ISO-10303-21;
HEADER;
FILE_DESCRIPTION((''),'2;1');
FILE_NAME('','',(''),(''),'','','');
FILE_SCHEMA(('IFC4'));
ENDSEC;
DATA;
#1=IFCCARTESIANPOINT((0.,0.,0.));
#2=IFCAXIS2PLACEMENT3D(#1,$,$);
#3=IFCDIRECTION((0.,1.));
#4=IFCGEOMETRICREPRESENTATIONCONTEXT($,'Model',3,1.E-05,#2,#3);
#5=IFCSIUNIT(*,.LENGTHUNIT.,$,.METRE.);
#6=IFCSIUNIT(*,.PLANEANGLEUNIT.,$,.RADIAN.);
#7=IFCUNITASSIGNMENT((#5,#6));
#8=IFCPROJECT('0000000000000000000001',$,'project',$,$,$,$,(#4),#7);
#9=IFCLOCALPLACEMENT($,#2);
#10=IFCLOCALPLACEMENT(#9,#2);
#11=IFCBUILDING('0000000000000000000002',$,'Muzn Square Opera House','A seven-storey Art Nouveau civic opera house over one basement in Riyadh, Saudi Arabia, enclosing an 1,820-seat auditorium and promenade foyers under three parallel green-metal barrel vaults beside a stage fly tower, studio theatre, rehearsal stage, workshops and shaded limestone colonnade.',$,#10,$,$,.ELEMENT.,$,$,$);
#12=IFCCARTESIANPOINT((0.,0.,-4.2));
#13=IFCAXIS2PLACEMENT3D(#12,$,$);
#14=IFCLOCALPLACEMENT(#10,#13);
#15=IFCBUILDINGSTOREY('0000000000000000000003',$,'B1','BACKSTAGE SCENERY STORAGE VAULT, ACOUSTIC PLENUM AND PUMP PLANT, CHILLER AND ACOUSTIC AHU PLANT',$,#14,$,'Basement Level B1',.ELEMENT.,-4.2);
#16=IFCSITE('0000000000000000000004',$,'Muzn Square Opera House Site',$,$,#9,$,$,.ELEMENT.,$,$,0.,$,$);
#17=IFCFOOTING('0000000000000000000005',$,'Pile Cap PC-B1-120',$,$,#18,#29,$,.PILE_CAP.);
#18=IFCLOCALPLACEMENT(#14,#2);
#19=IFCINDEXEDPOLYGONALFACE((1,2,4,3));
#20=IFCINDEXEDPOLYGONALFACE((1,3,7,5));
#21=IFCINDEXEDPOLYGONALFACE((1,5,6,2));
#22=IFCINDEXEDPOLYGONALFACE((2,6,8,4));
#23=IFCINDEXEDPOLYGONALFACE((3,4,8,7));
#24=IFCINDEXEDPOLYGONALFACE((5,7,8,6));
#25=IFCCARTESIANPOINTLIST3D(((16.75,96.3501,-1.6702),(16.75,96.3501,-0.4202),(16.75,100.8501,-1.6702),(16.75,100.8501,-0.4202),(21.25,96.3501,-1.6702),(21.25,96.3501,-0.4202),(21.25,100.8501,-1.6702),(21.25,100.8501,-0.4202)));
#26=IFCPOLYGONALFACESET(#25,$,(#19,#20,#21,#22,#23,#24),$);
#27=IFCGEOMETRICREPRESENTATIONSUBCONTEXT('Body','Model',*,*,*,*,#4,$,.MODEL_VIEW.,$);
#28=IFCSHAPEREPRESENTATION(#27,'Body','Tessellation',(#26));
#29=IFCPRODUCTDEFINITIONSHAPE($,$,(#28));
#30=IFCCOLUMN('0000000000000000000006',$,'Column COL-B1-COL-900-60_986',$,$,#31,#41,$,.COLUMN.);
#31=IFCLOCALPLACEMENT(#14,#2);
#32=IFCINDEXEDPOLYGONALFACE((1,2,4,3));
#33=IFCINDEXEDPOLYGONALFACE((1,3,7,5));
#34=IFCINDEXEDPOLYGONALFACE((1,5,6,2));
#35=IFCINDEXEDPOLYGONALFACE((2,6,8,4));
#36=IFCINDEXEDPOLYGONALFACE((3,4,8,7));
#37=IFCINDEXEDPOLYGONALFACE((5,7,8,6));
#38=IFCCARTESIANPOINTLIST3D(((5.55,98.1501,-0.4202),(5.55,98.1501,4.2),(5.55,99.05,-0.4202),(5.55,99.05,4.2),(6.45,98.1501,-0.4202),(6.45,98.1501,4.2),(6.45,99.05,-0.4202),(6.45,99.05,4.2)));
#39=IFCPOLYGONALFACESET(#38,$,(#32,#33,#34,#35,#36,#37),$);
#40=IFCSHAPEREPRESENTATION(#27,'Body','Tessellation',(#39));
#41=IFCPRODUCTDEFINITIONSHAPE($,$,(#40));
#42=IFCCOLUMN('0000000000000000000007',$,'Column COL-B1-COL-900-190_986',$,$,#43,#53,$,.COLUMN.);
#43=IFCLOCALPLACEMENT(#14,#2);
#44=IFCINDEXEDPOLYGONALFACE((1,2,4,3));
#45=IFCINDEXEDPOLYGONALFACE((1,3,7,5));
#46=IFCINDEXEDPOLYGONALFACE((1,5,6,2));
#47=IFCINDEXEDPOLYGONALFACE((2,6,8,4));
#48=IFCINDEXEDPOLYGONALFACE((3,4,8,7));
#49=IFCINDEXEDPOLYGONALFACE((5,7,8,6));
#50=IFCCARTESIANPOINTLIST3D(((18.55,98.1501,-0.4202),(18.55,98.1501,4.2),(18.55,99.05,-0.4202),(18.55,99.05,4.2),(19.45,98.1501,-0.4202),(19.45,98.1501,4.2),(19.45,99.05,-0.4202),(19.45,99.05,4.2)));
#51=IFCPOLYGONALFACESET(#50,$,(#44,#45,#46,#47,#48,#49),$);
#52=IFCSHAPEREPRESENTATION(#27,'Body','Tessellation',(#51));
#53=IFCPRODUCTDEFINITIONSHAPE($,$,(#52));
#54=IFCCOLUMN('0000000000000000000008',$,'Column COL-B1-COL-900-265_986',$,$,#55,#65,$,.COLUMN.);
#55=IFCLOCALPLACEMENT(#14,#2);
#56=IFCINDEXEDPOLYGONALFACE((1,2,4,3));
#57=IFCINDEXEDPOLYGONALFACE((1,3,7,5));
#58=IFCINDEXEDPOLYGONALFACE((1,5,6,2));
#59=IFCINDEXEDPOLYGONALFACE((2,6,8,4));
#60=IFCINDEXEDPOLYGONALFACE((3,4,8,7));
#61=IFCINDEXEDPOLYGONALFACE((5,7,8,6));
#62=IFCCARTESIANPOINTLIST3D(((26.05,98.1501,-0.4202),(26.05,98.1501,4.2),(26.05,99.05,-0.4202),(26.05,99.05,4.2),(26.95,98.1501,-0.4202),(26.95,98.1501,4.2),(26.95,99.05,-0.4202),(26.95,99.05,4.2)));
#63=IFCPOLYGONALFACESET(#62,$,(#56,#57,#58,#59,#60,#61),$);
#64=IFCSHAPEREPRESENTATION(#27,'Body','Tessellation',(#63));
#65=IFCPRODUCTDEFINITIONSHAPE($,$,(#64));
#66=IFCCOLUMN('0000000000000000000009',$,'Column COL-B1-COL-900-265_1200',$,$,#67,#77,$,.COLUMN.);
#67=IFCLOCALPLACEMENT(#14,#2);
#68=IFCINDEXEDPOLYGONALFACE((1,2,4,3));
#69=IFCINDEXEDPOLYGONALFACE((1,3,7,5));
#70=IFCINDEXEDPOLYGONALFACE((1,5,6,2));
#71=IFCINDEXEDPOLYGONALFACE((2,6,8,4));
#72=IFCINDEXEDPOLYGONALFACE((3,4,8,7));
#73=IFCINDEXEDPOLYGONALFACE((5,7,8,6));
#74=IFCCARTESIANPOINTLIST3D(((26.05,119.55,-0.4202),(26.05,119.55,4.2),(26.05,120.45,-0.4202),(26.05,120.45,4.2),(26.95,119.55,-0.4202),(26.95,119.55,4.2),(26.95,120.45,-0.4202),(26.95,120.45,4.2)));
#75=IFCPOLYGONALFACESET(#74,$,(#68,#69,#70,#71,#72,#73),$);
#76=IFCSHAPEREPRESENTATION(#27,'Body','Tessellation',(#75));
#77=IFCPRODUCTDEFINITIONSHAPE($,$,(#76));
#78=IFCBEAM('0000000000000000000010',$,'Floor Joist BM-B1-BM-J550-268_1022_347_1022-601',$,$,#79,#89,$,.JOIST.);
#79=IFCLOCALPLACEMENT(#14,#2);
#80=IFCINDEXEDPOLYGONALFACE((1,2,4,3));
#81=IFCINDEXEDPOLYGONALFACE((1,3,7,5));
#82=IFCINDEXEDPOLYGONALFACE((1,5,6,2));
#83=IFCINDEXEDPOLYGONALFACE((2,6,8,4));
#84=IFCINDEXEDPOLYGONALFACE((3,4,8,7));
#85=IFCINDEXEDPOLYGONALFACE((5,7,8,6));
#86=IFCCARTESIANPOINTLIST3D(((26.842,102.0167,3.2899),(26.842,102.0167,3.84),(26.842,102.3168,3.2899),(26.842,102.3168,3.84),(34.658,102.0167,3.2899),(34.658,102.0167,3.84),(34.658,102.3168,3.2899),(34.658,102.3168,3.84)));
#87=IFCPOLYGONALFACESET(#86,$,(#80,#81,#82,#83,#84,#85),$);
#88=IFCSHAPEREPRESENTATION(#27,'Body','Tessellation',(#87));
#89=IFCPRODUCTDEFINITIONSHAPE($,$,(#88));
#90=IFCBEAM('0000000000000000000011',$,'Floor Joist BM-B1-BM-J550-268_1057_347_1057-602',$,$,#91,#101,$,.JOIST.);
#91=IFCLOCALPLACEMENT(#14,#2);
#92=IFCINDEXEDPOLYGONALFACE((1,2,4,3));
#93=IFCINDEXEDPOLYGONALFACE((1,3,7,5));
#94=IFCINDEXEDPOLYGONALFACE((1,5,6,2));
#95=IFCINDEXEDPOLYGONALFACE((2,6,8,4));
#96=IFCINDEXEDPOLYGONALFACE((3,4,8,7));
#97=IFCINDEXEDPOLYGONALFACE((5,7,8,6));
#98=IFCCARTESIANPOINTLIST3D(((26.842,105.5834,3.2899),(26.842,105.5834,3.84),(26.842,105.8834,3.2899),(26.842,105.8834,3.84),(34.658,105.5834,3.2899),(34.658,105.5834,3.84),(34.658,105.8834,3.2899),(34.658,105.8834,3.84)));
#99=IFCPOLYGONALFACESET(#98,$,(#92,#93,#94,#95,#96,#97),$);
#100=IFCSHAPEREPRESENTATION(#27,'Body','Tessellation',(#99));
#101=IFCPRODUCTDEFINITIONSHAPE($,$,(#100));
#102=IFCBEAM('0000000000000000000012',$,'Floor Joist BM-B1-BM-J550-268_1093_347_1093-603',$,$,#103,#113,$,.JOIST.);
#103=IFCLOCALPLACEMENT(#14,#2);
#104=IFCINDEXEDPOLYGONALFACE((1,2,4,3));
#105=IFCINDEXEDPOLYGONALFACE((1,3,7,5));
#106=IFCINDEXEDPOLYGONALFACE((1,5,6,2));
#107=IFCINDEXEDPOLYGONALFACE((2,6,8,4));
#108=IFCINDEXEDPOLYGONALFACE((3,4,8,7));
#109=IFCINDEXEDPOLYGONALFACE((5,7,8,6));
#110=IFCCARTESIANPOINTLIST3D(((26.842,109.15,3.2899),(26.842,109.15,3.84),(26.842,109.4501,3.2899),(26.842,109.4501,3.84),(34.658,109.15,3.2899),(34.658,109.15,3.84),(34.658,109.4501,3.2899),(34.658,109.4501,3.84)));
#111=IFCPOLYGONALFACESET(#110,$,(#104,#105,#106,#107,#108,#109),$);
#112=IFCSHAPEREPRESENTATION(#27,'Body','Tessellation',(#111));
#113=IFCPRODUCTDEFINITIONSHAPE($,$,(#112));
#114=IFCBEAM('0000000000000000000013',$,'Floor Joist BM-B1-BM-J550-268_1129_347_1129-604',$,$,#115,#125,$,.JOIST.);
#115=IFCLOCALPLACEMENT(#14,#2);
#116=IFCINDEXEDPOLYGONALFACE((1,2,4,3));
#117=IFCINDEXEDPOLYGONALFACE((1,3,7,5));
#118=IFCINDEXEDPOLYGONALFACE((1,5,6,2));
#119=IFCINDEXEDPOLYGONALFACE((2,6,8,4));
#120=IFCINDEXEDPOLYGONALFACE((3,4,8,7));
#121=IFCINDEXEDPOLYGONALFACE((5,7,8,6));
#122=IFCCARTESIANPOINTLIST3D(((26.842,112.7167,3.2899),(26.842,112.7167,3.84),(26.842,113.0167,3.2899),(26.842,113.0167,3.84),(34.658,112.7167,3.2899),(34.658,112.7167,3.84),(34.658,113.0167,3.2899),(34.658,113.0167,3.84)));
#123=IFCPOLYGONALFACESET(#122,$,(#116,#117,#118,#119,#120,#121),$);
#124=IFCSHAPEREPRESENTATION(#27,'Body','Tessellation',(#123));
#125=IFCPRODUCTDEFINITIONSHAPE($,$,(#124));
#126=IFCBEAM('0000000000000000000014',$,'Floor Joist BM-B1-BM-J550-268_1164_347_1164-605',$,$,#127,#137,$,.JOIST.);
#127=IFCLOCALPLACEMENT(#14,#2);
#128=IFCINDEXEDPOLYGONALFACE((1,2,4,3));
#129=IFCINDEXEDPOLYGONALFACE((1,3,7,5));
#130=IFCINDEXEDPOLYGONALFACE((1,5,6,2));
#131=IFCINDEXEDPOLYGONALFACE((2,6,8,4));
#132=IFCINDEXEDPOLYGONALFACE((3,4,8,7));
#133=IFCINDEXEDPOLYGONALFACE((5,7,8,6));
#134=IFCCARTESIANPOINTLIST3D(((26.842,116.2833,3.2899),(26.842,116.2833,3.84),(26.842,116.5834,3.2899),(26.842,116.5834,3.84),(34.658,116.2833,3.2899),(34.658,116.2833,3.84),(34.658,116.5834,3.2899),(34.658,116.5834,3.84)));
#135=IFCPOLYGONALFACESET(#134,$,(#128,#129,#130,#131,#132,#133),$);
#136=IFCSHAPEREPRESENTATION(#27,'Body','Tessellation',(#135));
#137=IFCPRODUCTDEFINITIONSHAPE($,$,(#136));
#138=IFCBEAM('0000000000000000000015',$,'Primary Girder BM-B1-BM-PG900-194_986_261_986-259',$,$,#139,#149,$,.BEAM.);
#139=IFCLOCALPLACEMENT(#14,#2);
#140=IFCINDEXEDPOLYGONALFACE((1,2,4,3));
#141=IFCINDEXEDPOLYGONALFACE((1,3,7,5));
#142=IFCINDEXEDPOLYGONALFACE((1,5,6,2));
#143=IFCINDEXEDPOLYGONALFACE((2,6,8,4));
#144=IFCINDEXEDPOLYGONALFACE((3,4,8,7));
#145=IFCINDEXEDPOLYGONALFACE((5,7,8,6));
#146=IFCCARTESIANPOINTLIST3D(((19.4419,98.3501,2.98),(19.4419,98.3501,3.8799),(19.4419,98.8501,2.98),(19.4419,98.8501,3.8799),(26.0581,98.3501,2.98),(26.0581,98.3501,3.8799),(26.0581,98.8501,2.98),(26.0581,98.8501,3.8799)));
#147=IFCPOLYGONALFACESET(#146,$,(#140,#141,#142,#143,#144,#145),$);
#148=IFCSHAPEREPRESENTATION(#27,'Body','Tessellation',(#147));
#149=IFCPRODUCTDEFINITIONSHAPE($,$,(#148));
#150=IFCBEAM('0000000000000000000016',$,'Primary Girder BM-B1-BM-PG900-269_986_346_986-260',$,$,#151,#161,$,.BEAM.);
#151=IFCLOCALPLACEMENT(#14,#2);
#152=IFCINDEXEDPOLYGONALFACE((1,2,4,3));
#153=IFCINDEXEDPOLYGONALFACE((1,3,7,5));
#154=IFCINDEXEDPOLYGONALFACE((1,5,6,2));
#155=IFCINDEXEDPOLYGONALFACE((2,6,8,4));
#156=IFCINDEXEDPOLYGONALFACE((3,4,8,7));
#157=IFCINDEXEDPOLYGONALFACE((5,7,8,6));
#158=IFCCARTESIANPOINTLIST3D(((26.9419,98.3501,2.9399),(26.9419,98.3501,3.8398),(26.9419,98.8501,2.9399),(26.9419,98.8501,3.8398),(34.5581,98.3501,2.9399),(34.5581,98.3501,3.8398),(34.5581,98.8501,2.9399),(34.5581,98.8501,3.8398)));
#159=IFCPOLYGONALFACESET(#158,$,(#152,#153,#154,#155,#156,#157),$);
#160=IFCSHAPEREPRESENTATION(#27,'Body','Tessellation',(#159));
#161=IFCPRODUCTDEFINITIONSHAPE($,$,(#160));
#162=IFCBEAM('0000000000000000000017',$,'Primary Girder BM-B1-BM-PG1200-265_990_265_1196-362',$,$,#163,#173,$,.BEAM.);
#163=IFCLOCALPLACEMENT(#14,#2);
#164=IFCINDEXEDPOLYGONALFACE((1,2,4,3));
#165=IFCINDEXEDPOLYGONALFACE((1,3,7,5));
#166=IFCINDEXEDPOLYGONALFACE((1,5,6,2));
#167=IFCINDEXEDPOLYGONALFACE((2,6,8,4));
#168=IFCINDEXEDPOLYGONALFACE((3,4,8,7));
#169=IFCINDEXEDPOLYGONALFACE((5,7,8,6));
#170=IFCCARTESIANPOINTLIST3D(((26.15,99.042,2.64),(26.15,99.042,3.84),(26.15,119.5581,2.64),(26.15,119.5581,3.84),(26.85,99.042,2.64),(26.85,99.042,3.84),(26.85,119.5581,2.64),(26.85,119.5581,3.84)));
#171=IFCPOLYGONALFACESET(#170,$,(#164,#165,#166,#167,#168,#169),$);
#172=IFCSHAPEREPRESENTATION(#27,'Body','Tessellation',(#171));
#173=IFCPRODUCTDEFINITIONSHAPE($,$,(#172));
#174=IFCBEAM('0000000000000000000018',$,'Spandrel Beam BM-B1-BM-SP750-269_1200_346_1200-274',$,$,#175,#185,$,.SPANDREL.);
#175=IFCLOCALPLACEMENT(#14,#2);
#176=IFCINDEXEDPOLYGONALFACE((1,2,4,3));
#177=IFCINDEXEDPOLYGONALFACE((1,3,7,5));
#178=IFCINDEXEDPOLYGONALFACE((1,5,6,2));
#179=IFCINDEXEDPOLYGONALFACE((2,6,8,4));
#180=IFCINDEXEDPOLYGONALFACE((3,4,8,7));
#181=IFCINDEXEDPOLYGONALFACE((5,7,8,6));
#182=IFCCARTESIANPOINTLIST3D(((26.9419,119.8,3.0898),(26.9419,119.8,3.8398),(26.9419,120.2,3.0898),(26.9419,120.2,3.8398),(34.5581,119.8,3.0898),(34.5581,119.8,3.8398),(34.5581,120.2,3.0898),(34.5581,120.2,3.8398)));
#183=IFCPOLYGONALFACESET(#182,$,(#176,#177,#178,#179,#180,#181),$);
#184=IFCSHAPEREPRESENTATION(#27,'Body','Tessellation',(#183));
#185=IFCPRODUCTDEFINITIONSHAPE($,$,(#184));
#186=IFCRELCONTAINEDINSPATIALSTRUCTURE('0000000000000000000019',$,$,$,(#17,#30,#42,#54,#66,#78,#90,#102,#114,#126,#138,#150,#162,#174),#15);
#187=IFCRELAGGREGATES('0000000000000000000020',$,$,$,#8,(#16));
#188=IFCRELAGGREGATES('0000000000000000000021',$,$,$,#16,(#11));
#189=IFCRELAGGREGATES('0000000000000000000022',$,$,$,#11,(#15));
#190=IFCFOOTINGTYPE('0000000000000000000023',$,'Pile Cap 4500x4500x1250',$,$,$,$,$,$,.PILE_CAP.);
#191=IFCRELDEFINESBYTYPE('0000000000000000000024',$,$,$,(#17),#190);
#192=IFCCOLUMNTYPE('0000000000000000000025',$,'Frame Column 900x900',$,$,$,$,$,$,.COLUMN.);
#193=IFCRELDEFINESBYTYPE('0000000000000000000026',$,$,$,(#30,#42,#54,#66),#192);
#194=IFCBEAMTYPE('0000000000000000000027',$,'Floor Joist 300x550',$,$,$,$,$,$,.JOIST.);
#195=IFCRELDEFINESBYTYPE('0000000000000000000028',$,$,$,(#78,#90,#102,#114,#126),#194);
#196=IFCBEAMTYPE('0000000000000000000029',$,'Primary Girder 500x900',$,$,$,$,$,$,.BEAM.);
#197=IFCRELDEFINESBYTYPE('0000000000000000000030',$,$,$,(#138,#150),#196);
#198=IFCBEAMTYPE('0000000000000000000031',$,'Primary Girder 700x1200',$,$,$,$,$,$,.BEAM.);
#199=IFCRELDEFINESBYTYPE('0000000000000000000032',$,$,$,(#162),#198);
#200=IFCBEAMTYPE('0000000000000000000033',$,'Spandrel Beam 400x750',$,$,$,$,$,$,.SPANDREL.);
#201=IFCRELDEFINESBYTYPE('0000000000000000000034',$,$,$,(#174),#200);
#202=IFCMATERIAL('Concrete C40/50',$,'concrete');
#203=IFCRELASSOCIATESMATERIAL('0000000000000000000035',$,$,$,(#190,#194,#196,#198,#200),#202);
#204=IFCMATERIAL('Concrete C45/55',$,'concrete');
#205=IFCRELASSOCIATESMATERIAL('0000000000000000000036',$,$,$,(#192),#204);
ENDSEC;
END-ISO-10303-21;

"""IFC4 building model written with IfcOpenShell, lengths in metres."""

from ifc_helpers import new_model, si_unit, direction, frame, origin, origin_2d, place, context, subcontext, project, spatial, rectangle, extrude, material, material_profile, profile_set, type_object, element, save


model = new_model("IFC4")

# Units and contexts
model_context = context("Model", 3, precision=1e-05, world=origin(), true_north=direction((0.0, 1.0)))
body_context = subcontext(model_context, "Body", "Model", "MODEL_VIEW")
ifc_project = project(units=[si_unit("LENGTHUNIT", "METRE"), si_unit("PLANEANGLEUNIT", "RADIAN")], contexts=[model_context])

# Site, building, storey
site_placement = place(None, origin())
site = spatial("IfcSite", under=ifc_project, at=site_placement, Name="Muzn Square Opera House Site", CompositionType="ELEMENT", RefElevation=0.0)
building_placement = place(site_placement, origin())
building = spatial("IfcBuilding", under=site, at=building_placement, Name="Muzn Square Opera House", Description="A seven-storey Art Nouveau civic opera house over one basement in Riyadh, Saudi Arabia, enclosing an 1,820-seat auditorium and promenade foyers under three parallel green-metal barrel vaults beside a stage fly tower, studio theatre, rehearsal stage, workshops and shaded limestone colonnade.", CompositionType="ELEMENT")
storey_placement = place(building_placement, frame((0.0, 0.0, -4.2)))
storey = spatial("IfcBuildingStorey", under=building, at=storey_placement, Name="B1", Description="BACKSTAGE SCENERY STORAGE VAULT, ACOUSTIC PLENUM AND PUMP PLANT, CHILLER AND ACOUSTIC AHU PLANT", LongName="Basement Level B1", CompositionType="ELEMENT", Elevation=-4.2)

# Shared definitions
ifc_material_1 = material(Name="Concrete C40/50", Category="concrete")

# Footing
footing_type_1 = type_object("IfcFootingType", Name="Pile Cap 4500x4500x1250", PredefinedType="PILE_CAP", material=ifc_material_1)
footing_1_placement = place(storey_placement, frame((19.0, 98.6001, -1.6702), z_axis=(0.0, 0.0, 1.0), x_axis=(1.0, 0.0, 0.0)))
element("IfcFooting", 1, at=footing_1_placement, inside=storey, type_object=footing_type_1, Name="Pile Cap PC-B1-120", PredefinedType="PILE_CAP", context=body_context, shape_type="SweptSolid", body=[
    extrude(rectangle(XDim=4.5, YDim=4.5, at=origin_2d()), origin(), (0.0, 0.0, 1.0), 1.25),
])

# Columns
ifc_material_2 = material(Name="Concrete C45/55", Category="concrete")
ifc_material_profile_1 = material_profile(ifc_material_2, rectangle(XDim=0.8999, YDim=0.8999, at=origin_2d()), Name="RC 900x900", Category="concrete")
ifc_profile_set_1 = profile_set([ifc_material_profile_1], Name="Concrete C45/55")
column_type = type_object("IfcColumnType", Name="Frame Column 900x900", PredefinedType="COLUMN", material=ifc_profile_set_1)
for number, where, z_axis, x_axis, name in (
    (2, (6.0, 98.6001, -0.4202), (0.0, 0.0, 1.0), (1.0, 0.0, 0.0), "Column COL-B1-COL-900-60_986"),
    (3, (19.0, 98.6001, -0.4202), (0.0, 0.0, 1.0), (1.0, 0.0, 0.0), "Column COL-B1-COL-900-190_986"),
    (4, (26.5, 98.6001, -0.4202), (0.0, 0.0, 1.0), (1.0, 0.0, 0.0), "Column COL-B1-COL-900-265_986"),
    (5, (26.5, 120.0, -0.4202), (0.0, 0.0, 1.0), (1.0, 0.0, 0.0), "Column COL-B1-COL-900-265_1200"),
):
    element("IfcColumn", number, at=place(storey_placement, frame(where, z_axis=z_axis, x_axis=x_axis)), inside=storey, type_object=column_type, Name=name, PredefinedType="COLUMN", context=body_context, shape_type="SweptSolid", body=[
        extrude(rectangle(XDim=0.8999, YDim=0.8999, at=origin_2d()), origin(), (0.0, 0.0, 1.0), 4.6201),
    ])

# Beams
ifc_material_profile_2 = material_profile(ifc_material_1, rectangle(XDim=0.3, YDim=0.55, at=origin_2d()), Name="RCJ 300x550", Category="concrete")
ifc_profile_set_2 = profile_set([ifc_material_profile_2], Name="Concrete C40/50")
beam_type_1 = type_object("IfcBeamType", Name="Floor Joist 300x550", PredefinedType="JOIST", material=ifc_profile_set_2)
for number, where, z_axis, x_axis, name in (
    (6, (26.842, 102.1667, 3.5649), (1.0, 0.0, 0.0), (0.0, 1.0, 0.0), "Floor Joist BM-B1-BM-J550-268_1022_347_1022-601"),
    (7, (26.842, 105.7334, 3.5649), (1.0, 0.0, 0.0), (0.0, 1.0, 0.0), "Floor Joist BM-B1-BM-J550-268_1057_347_1057-602"),
    (8, (26.842, 109.3, 3.5649), (1.0, 0.0, 0.0), (0.0, 1.0, 0.0), "Floor Joist BM-B1-BM-J550-268_1093_347_1093-603"),
    (9, (26.842, 112.8667, 3.5649), (1.0, 0.0, 0.0), (0.0, 1.0, 0.0), "Floor Joist BM-B1-BM-J550-268_1129_347_1129-604"),
    (10, (26.842, 116.4333, 3.5649), (1.0, 0.0, 0.0), (0.0, 1.0, 0.0), "Floor Joist BM-B1-BM-J550-268_1164_347_1164-605"),
):
    element("IfcBeam", number, at=place(storey_placement, frame(where, z_axis=z_axis, x_axis=x_axis)), inside=storey, type_object=beam_type_1, Name=name, PredefinedType="JOIST", context=body_context, shape_type="SweptSolid", body=[
        extrude(rectangle(XDim=0.3, YDim=0.55, at=origin_2d()), origin(), (0.0, 0.0, 1.0), 7.8159),
    ])
ifc_material_profile_3 = material_profile(ifc_material_1, rectangle(XDim=0.5, YDim=0.8999, at=origin_2d()), Name="RCB 500x900", Category="concrete")
ifc_profile_set_3 = profile_set([ifc_material_profile_3], Name="Concrete C40/50")
beam_type_2 = type_object("IfcBeamType", Name="Primary Girder 500x900", PredefinedType="BEAM", material=ifc_profile_set_3)
beam_1_placement = place(storey_placement, frame((19.4419, 98.6001, 3.4299), z_axis=(1.0, 0.0, 0.0), x_axis=(0.0, 1.0, 0.0)))
element("IfcBeam", 11, at=beam_1_placement, inside=storey, type_object=beam_type_2, Name="Primary Girder BM-B1-BM-PG900-194_986_261_986-259", PredefinedType="BEAM", context=body_context, shape_type="SweptSolid", body=[
    extrude(rectangle(XDim=0.5, YDim=0.8999, at=origin_2d()), origin(), (0.0, 0.0, 1.0), 6.6162),
])
beam_2_placement = place(storey_placement, frame((26.9419, 98.6001, 3.3899), z_axis=(1.0, 0.0, 0.0), x_axis=(0.0, 1.0, 0.0)))
element("IfcBeam", 12, at=beam_2_placement, inside=storey, type_object=beam_type_2, Name="Primary Girder BM-B1-BM-PG900-269_986_346_986-260", PredefinedType="BEAM", context=body_context, shape_type="SweptSolid", body=[
    extrude(rectangle(XDim=0.5, YDim=0.8999, at=origin_2d()), origin(), (0.0, 0.0, 1.0), 7.6162),
])
ifc_material_profile_4 = material_profile(ifc_material_1, rectangle(XDim=0.7, YDim=1.2, at=origin_2d()), Name="RCB 700x1200", Category="concrete")
ifc_profile_set_4 = profile_set([ifc_material_profile_4], Name="Concrete C40/50")
beam_type_3 = type_object("IfcBeamType", Name="Primary Girder 700x1200", PredefinedType="BEAM", material=ifc_profile_set_4)
beam_3_placement = place(storey_placement, frame((26.5, 99.042, 3.24), z_axis=(0.0, 1.0, 0.0), x_axis=(-1.0, 0.0, 0.0)))
element("IfcBeam", 13, at=beam_3_placement, inside=storey, type_object=beam_type_3, Name="Primary Girder BM-B1-BM-PG1200-265_990_265_1196-362", PredefinedType="BEAM", context=body_context, shape_type="SweptSolid", body=[
    extrude(rectangle(XDim=0.7, YDim=1.2, at=origin_2d()), origin(), (0.0, 0.0, 1.0), 20.5161),
])
ifc_material_profile_5 = material_profile(ifc_material_1, rectangle(XDim=0.3999, YDim=0.75, at=origin_2d()), Name="RCS 400x750", Category="concrete")
ifc_profile_set_5 = profile_set([ifc_material_profile_5], Name="Concrete C40/50")
beam_type_4 = type_object("IfcBeamType", Name="Spandrel Beam 400x750", PredefinedType="SPANDREL", material=ifc_profile_set_5)
beam_4_placement = place(storey_placement, frame((26.9419, 120.0, 3.4648), z_axis=(1.0, 0.0, 0.0), x_axis=(0.0, 1.0, 0.0)))
element("IfcBeam", 14, at=beam_4_placement, inside=storey, type_object=beam_type_4, Name="Spandrel Beam BM-B1-BM-SP750-269_1200_346_1200-274", PredefinedType="SPANDREL", context=body_context, shape_type="SweptSolid", body=[
    extrude(rectangle(XDim=0.3999, YDim=0.75, at=origin_2d()), origin(), (0.0, 0.0, 1.0), 7.6162),
])

save(model, "model.ifc")
